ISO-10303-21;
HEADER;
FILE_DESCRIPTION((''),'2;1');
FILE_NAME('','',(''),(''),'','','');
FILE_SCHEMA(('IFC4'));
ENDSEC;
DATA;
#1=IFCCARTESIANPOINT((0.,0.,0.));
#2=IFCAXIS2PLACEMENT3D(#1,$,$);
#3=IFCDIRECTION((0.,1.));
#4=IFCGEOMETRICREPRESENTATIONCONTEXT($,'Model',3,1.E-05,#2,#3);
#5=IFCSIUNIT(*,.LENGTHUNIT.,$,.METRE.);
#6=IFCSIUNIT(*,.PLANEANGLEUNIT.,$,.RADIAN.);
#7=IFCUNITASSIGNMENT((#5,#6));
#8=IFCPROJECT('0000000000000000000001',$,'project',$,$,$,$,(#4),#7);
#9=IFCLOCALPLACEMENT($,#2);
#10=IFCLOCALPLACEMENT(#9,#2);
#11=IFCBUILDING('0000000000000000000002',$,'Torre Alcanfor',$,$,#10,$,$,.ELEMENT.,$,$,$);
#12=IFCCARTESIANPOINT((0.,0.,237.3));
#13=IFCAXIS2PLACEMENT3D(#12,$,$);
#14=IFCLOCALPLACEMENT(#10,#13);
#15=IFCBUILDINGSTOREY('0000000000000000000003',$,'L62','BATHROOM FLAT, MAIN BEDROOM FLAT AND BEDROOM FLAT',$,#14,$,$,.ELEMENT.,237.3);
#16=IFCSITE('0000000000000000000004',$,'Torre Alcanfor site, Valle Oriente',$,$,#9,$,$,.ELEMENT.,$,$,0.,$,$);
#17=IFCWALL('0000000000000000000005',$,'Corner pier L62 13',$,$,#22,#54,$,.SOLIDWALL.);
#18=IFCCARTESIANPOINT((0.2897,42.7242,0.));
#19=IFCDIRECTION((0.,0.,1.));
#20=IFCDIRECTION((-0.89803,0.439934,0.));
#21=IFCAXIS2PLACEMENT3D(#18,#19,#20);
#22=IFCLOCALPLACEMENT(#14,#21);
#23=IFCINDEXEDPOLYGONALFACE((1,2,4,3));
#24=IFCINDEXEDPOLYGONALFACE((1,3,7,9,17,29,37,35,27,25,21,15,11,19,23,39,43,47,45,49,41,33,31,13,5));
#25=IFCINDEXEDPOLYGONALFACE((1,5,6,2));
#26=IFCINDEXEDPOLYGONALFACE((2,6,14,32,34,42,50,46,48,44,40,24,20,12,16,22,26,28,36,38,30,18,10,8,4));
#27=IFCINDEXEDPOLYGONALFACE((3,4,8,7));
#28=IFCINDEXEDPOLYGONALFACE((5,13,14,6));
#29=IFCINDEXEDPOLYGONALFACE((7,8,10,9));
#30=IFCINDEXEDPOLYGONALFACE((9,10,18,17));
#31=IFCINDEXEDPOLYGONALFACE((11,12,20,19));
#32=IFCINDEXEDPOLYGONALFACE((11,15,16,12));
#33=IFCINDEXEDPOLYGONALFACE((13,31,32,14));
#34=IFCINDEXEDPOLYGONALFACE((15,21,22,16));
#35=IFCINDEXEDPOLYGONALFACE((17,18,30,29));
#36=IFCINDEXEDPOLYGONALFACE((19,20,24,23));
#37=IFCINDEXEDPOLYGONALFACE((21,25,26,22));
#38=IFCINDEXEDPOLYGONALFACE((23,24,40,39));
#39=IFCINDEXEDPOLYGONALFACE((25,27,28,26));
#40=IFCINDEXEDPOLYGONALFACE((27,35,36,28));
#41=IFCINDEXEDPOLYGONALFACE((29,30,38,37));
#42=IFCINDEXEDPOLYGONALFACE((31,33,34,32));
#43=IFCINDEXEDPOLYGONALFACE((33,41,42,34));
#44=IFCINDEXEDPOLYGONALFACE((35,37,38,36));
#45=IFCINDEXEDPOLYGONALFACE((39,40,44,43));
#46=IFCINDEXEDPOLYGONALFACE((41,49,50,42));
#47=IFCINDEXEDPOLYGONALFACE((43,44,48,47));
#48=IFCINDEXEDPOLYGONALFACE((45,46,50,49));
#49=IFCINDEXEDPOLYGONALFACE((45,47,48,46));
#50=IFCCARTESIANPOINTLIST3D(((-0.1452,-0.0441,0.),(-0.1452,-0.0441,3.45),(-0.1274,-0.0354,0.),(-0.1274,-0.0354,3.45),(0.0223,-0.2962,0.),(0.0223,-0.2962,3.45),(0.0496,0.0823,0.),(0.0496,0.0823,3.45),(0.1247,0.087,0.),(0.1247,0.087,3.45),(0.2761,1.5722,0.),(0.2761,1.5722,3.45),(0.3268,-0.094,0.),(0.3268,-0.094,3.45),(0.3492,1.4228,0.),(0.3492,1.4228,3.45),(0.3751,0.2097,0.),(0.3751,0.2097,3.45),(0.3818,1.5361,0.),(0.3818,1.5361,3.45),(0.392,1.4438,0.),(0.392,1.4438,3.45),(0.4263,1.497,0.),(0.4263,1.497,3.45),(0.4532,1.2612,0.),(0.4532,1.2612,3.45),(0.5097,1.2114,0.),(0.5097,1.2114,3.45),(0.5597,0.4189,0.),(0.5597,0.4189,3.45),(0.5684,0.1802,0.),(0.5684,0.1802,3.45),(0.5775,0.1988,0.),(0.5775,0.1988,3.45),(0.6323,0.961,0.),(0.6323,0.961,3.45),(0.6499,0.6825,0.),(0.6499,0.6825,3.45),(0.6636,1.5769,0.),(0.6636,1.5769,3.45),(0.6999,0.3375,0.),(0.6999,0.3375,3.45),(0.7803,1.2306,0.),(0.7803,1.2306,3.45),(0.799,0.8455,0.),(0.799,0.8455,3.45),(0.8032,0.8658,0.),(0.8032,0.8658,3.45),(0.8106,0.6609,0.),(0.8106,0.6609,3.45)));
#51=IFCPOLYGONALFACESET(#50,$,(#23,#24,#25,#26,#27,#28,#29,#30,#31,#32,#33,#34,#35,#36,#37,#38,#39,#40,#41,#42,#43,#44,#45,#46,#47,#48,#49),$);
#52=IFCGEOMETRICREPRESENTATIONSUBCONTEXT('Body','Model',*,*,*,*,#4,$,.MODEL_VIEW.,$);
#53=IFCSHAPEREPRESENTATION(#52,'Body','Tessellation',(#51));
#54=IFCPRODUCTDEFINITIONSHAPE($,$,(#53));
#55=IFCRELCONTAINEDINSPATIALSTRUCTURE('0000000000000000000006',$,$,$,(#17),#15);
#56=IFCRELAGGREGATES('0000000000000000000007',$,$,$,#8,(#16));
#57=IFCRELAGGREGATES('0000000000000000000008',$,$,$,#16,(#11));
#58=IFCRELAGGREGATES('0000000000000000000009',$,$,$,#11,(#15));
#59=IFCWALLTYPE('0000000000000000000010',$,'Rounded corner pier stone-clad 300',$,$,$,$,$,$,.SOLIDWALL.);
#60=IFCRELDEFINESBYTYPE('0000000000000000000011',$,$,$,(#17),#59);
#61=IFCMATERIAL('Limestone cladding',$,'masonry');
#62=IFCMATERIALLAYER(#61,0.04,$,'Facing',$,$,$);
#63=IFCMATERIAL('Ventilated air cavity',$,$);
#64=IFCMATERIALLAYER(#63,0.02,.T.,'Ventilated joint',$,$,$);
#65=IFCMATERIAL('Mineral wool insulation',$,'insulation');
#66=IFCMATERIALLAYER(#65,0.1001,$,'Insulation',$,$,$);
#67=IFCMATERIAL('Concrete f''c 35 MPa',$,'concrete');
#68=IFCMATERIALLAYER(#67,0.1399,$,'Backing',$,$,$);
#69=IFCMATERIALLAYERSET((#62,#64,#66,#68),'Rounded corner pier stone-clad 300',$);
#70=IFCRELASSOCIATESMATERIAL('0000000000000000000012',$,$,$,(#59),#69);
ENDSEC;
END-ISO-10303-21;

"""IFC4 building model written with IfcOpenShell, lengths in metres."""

from ifc_helpers import new_model, si_unit, direction, frame, origin, place, context, subcontext, project, spatial, polyline, outline, extrude, material, layer, layer_set, type_object, element, save


model = new_model("IFC4")

# Units and contexts
model_context = context("Model", 3, precision=1e-05, world=origin(), true_north=direction((0.0, 1.0)))
body_context = subcontext(model_context, "Body", "Model", "MODEL_VIEW")
ifc_project = project(units=[si_unit("LENGTHUNIT", "METRE"), si_unit("PLANEANGLEUNIT", "RADIAN")], contexts=[model_context])

# Site, building, storey
site_placement = place(None, origin())
site = spatial("IfcSite", under=ifc_project, at=site_placement, Name="Torre Alcanfor site, Valle Oriente", CompositionType="ELEMENT", RefElevation=0.0)
building_placement = place(site_placement, origin())
building = spatial("IfcBuilding", under=site, at=building_placement, Name="Torre Alcanfor", CompositionType="ELEMENT")
storey_placement = place(building_placement, frame((0.0, 0.0, 237.3)))
storey = spatial("IfcBuildingStorey", under=building, at=storey_placement, Name="L62", Description="BATHROOM FLAT, MAIN BEDROOM FLAT AND BEDROOM FLAT", CompositionType="ELEMENT", Elevation=237.3)

# Wall
ifc_material_1 = material(Name="Limestone cladding", Category="masonry")
ifc_layer_1 = layer(ifc_material_1, 0.04, Name="Facing")
ifc_material_2 = material(Name="Ventilated air cavity")
ifc_layer_2 = layer(ifc_material_2, 0.02, ventilated=True, Name="Ventilated joint")
ifc_material_3 = material(Name="Mineral wool insulation", Category="insulation")
ifc_layer_3 = layer(ifc_material_3, 0.1001, Name="Insulation")
ifc_material_4 = material(Name="Concrete f'c 35 MPa", Category="concrete")
ifc_layer_4 = layer(ifc_material_4, 0.1399, Name="Backing")
ifc_layer_set_1 = layer_set([ifc_layer_1, ifc_layer_2, ifc_layer_3, ifc_layer_4], Name="Rounded corner pier stone-clad 300")
wall_type_1 = type_object("IfcWallType", Name="Rounded corner pier stone-clad 300", PredefinedType="SOLIDWALL", material=ifc_layer_set_1)
wall_1_placement = place(storey_placement, frame((0.2897, 42.7242, 0.0), z_axis=(0.0, 0.0, 1.0), x_axis=(-0.89803, 0.439934, 0.0)))
element("IfcWall", 1, at=wall_1_placement, inside=storey, type_object=wall_type_1, Name="Corner pier L62 13", PredefinedType="SOLIDWALL", context=body_context, shape_type="SweptSolid", body=[
    extrude(outline(polyline([(-0.1452, -0.0441), (0.0223, -0.2962), (0.3268, -0.094), (0.5684, 0.1802), (0.5775, 0.1988), (0.6999, 0.3375), (0.8106, 0.6609), (0.799, 0.8455), (0.8032, 0.8658), (0.7803, 1.2306), (0.6636, 1.5769), (0.4263, 1.497), (0.3818, 1.5361), (0.2761, 1.5722), (0.3492, 1.4228), (0.392, 1.4438), (0.4532, 1.2612), (0.5097, 1.2114), (0.6323, 0.961), (0.6499, 0.6825), (0.5597, 0.4189), (0.3751, 0.2097), (0.1247, 0.087), (0.0496, 0.0823), (-0.1274, -0.0354), (-0.1452, -0.0441)])), origin(), (0.0, 0.0, 1.0), 3.45),
])

save(model, "model.ifc")
